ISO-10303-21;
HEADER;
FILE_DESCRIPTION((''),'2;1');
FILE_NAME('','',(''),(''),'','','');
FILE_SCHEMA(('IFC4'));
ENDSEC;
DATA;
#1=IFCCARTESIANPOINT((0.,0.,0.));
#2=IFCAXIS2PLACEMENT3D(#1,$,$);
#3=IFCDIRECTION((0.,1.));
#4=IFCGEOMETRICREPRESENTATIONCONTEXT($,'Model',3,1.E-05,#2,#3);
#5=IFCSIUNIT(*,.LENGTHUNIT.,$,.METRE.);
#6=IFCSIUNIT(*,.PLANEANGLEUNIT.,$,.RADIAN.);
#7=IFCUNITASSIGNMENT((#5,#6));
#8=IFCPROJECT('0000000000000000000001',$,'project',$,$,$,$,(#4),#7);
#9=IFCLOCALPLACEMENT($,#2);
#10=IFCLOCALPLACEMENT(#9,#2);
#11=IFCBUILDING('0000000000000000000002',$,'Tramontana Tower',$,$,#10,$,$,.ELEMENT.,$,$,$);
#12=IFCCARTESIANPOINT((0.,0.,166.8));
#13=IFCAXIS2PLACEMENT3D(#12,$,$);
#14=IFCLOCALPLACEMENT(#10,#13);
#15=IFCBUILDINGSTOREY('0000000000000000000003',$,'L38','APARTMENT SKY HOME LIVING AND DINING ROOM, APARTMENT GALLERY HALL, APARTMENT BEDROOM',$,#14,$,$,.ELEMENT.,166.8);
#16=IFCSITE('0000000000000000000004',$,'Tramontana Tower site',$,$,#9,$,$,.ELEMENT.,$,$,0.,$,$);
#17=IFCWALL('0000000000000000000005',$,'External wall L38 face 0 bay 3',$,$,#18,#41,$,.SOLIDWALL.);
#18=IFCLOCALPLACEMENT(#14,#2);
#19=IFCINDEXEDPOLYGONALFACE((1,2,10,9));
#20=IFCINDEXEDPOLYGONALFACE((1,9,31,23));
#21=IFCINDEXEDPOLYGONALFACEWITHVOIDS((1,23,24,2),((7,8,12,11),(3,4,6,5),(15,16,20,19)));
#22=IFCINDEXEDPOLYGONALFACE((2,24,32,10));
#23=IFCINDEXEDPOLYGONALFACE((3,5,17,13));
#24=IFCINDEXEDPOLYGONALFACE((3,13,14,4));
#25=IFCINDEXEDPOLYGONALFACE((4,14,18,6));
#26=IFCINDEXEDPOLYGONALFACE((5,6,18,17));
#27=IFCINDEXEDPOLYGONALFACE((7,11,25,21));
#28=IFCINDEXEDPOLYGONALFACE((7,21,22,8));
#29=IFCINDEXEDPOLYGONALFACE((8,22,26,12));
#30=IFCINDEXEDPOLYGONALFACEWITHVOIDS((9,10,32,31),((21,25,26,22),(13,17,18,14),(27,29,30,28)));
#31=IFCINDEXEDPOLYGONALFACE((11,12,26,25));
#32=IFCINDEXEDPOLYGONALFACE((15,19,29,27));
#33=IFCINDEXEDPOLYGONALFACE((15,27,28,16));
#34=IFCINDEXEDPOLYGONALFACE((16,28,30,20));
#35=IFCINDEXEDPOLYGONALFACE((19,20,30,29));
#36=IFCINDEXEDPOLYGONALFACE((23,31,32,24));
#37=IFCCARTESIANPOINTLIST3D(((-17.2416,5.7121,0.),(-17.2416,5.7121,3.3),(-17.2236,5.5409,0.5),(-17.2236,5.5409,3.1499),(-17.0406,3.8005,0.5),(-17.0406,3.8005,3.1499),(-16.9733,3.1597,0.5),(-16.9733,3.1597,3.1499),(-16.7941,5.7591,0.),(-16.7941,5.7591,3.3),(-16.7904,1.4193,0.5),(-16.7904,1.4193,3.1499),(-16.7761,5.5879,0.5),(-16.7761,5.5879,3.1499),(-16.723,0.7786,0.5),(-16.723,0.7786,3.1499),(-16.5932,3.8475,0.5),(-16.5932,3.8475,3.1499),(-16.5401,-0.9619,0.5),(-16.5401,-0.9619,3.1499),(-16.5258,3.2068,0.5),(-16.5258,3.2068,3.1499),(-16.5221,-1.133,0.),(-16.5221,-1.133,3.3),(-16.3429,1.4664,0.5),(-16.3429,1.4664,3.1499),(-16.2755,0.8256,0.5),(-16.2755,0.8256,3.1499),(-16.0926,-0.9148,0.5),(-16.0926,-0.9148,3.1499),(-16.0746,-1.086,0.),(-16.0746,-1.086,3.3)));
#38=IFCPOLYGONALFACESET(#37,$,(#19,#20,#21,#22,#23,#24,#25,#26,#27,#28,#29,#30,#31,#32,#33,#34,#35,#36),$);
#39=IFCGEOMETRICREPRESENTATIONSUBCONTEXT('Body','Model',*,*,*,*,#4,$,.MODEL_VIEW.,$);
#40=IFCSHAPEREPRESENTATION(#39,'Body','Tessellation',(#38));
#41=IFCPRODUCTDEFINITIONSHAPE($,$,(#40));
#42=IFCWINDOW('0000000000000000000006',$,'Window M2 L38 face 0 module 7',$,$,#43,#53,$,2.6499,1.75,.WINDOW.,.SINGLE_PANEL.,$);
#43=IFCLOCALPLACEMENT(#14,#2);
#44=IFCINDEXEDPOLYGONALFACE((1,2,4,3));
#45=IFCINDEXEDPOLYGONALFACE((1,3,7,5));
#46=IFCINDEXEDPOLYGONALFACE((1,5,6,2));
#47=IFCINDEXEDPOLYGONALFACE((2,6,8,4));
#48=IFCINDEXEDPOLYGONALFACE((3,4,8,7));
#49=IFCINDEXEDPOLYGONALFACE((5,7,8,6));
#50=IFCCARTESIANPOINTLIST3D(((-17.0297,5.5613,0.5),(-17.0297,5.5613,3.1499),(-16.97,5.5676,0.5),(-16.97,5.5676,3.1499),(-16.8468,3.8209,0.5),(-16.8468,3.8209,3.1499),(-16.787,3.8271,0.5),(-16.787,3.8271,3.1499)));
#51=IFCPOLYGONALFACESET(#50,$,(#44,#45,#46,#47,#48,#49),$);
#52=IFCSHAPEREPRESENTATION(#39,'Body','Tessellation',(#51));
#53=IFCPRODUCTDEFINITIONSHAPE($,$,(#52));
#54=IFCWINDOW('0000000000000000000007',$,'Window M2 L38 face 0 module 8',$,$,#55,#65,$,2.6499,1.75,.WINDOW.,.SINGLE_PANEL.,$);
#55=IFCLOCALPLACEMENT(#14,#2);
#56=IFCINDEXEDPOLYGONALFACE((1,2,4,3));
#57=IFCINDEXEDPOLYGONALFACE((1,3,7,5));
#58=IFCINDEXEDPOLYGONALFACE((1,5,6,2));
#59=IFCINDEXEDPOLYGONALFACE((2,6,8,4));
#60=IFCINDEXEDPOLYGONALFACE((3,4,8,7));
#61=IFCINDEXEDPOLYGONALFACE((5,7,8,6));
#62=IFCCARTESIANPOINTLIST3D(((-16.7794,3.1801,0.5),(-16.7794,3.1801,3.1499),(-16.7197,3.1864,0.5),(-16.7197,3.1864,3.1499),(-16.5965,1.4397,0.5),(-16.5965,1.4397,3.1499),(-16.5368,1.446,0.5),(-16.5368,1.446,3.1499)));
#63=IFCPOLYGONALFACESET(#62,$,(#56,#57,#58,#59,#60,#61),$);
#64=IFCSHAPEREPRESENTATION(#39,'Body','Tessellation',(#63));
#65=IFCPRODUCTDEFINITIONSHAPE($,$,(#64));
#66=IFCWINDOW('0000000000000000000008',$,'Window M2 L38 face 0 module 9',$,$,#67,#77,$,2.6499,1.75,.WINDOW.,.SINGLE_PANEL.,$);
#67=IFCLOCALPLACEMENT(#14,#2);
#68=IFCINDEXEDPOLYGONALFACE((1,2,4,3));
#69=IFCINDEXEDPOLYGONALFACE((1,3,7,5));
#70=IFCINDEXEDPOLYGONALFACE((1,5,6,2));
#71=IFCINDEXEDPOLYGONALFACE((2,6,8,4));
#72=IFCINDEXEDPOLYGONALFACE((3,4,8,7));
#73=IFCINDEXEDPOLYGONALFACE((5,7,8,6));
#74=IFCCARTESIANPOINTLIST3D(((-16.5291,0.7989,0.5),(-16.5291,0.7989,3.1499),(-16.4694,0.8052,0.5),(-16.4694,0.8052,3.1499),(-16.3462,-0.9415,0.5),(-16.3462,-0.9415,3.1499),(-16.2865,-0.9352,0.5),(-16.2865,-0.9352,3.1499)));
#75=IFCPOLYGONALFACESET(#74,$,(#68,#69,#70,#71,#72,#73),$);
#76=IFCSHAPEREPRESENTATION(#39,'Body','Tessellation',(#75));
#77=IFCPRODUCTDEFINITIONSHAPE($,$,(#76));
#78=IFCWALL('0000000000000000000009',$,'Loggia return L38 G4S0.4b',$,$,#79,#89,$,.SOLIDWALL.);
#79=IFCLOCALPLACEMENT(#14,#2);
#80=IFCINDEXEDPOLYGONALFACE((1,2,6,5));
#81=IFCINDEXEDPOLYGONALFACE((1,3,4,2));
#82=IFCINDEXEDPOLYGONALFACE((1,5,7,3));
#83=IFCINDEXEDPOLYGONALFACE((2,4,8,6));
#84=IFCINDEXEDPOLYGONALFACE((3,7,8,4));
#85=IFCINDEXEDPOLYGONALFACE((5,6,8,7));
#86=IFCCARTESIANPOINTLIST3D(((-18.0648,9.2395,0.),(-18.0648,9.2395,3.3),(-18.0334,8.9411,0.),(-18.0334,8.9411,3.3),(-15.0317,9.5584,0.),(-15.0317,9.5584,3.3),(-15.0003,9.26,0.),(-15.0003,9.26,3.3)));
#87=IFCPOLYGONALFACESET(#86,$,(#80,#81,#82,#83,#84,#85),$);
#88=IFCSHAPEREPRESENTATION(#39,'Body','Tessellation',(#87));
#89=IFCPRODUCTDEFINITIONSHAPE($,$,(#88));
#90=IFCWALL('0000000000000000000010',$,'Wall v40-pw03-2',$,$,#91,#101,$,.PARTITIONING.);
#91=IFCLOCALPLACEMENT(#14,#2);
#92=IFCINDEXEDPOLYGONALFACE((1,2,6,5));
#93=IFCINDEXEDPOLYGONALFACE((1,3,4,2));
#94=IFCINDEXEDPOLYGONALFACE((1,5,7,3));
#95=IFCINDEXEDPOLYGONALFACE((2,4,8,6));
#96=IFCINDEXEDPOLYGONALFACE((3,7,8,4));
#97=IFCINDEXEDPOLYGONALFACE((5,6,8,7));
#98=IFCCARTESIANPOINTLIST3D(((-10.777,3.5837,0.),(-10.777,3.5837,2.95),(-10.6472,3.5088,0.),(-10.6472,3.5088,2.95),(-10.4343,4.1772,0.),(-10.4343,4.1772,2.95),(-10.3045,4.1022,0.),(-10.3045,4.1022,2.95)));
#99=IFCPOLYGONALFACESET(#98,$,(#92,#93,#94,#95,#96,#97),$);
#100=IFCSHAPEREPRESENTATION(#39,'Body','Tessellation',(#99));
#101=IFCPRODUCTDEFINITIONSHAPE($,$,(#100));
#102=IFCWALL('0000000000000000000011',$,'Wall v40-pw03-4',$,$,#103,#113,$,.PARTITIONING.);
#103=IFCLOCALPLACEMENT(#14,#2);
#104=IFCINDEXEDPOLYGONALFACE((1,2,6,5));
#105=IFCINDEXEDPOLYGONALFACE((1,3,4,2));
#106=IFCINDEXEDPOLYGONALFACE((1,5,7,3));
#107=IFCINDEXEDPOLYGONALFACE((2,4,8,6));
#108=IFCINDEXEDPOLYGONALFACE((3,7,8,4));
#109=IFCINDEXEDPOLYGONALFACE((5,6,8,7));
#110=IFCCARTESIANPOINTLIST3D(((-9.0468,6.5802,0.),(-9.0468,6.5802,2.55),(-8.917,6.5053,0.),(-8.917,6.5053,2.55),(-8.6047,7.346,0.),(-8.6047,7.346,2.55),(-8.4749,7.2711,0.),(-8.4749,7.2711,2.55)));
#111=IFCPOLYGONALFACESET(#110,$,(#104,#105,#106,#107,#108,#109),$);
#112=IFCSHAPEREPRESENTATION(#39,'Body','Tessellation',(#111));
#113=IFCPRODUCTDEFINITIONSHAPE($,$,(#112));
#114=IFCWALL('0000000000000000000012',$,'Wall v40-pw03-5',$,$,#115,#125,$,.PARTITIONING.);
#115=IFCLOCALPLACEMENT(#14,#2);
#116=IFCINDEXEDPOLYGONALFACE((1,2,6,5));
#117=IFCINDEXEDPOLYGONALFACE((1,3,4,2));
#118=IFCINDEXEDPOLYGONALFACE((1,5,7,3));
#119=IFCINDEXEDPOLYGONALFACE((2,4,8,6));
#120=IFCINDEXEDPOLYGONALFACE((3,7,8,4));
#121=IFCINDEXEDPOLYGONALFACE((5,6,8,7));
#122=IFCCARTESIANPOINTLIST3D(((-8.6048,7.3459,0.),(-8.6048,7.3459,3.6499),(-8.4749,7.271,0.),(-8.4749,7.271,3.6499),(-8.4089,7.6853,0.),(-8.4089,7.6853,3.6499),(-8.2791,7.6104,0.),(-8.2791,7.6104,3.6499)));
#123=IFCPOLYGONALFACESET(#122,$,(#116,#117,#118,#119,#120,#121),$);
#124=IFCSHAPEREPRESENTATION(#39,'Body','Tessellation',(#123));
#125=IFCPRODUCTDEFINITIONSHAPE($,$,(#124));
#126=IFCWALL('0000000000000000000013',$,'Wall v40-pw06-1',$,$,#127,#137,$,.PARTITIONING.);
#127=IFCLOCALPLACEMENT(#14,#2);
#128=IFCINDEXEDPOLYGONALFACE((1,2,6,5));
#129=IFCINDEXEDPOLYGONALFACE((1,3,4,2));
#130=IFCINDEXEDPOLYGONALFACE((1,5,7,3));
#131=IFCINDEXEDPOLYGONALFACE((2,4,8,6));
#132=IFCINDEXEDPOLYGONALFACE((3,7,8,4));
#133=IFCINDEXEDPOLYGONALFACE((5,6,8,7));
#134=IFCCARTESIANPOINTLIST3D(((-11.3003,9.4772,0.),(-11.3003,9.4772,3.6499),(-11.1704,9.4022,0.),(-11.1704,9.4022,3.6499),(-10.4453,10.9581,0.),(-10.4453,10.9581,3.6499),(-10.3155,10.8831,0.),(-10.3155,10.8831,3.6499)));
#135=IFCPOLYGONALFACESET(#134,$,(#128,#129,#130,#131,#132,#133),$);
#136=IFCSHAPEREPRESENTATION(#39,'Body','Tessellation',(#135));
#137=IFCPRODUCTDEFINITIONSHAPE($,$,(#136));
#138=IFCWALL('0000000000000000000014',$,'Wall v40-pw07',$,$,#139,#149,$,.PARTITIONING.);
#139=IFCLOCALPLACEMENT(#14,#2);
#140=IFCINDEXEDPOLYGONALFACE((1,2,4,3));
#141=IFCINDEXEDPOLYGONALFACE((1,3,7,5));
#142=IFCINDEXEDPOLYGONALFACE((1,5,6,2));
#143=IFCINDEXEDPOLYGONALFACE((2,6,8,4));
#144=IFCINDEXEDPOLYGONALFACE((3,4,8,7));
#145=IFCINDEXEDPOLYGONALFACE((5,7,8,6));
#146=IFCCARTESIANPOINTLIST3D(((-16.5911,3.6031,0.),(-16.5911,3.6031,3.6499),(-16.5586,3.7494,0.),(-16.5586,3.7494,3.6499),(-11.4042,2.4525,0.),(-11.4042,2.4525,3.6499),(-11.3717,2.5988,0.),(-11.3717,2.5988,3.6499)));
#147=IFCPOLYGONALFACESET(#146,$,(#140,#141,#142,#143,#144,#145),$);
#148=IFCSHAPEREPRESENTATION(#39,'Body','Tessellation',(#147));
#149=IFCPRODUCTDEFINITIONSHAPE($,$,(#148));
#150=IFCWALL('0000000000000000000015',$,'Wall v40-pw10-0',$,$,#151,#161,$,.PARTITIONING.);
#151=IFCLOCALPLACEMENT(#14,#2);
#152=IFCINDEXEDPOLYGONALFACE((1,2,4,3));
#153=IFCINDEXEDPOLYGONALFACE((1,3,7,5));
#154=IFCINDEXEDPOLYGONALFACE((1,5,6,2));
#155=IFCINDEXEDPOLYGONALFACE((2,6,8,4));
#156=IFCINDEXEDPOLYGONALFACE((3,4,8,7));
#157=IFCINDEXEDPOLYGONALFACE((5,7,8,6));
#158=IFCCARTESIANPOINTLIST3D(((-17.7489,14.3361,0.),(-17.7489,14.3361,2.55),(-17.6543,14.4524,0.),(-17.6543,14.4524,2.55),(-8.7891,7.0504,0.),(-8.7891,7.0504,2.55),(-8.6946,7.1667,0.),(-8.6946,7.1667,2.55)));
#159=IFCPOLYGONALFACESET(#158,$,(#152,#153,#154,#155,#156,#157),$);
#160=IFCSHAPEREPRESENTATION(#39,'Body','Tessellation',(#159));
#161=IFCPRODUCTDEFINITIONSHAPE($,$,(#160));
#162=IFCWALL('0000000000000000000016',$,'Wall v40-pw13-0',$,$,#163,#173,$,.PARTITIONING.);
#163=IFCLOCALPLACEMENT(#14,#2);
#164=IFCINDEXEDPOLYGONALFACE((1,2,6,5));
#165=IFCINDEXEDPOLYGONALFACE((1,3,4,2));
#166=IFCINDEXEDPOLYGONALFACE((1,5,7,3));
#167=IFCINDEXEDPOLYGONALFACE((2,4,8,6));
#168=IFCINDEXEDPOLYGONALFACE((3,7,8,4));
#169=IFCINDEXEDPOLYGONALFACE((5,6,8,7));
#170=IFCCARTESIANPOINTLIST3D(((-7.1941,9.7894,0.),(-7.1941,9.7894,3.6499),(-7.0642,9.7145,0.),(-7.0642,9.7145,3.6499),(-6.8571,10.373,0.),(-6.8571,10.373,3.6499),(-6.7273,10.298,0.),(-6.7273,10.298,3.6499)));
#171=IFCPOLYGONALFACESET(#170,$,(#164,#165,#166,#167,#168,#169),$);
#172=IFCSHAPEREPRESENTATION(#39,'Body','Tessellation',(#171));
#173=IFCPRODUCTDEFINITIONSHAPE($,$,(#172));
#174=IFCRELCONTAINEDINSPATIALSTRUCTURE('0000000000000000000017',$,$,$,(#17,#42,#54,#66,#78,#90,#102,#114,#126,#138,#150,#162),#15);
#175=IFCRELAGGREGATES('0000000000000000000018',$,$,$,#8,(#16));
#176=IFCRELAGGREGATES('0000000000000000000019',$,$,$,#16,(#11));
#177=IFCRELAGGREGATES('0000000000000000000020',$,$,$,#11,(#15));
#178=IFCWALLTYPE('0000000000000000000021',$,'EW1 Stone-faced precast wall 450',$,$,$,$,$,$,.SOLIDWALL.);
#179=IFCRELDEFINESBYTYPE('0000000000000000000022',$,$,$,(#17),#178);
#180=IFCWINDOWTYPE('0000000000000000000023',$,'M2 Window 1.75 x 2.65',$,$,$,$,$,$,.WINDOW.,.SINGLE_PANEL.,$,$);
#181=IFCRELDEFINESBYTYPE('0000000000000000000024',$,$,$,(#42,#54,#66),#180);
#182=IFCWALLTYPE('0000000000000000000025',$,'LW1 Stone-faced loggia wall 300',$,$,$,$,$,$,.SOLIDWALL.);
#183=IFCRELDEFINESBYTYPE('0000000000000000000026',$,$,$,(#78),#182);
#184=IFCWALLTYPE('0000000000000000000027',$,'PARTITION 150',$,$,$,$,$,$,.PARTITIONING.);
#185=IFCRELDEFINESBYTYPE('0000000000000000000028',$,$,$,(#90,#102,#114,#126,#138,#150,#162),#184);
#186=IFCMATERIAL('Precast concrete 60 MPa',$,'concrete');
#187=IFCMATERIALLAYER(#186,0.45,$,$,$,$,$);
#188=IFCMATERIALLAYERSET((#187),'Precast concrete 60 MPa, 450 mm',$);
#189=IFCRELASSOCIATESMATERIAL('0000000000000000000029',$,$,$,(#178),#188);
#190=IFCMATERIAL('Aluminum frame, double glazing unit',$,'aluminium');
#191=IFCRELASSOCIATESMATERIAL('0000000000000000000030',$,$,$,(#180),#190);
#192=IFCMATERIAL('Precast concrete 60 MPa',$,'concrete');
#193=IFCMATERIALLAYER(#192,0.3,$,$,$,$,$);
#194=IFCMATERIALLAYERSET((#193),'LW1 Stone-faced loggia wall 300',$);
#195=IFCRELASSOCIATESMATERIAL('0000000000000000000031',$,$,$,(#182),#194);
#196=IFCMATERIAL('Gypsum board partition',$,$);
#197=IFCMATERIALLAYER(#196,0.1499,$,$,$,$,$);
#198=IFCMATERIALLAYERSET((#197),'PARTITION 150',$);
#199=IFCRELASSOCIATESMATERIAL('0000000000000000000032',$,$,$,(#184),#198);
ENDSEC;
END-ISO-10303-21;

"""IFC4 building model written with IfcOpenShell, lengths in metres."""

from ifc_helpers import new_model, si_unit, direction, frame, frame_2d, origin, place, context, subcontext, project, spatial, rectangle, extrude, material, layer, layer_set, type_object, element, fill, save


model = new_model("IFC4")

# Units and contexts
model_context = context("Model", 3, precision=1e-05, world=origin(), true_north=direction((0.0, 1.0)))
body_context = subcontext(model_context, "Body", "Model", "MODEL_VIEW")
ifc_project = project(units=[si_unit("LENGTHUNIT", "METRE"), si_unit("PLANEANGLEUNIT", "RADIAN")], contexts=[model_context])

# Site, building, storey
site_placement = place(None, origin())
site = spatial("IfcSite", under=ifc_project, at=site_placement, Name="Tramontana Tower site", CompositionType="ELEMENT", RefElevation=0.0)
building_placement = place(site_placement, origin())
building = spatial("IfcBuilding", under=site, at=building_placement, Name="Tramontana Tower", CompositionType="ELEMENT")
storey_placement = place(building_placement, frame((0.0, 0.0, 166.8)))
storey = spatial("IfcBuildingStorey", under=building, at=storey_placement, Name="L38", Description="APARTMENT SKY HOME LIVING AND DINING ROOM, APARTMENT GALLERY HALL, APARTMENT BEDROOM", CompositionType="ELEMENT", Elevation=166.8)

# Shared definitions
ifc_material_1 = material(Name="Precast concrete 60 MPa", Category="concrete")
ifc_layer_1 = layer(ifc_material_1, 0.45)
ifc_layer_set_1 = layer_set([ifc_layer_1], Name="Precast concrete 60 MPa, 450 mm")
wall_type_1 = type_object("IfcWallType", Name="EW1 Stone-faced precast wall 450", PredefinedType="SOLIDWALL", material=ifc_layer_set_1)
ifc_material_2 = material(Name="Aluminum frame, double glazing unit", Category="aluminium")
window_type = type_object("IfcWindowType", Name="M2 Window 1.75 x 2.65", PartitioningType="SINGLE_PANEL", PredefinedType="WINDOW", material=ifc_material_2)

# Wall, openings, windows
wall_1_placement = place(storey_placement, frame((-17.0178, 5.7356, 0.0), z_axis=(0.0, 0.0, 1.0), x_axis=(0.104532, -0.994522, 0.0)))
wall_1 = element("IfcWall", 1, at=wall_1_placement, inside=storey, type_object=wall_type_1, Name="External wall L38 face 0 bay 3", PredefinedType="SOLIDWALL", context=body_context, shape_type="SweptSolid", body=[
    extrude(rectangle(XDim=6.8828, YDim=0.45, at=frame_2d((3.4414, 0.0))), origin(), (0.0, 0.0, 1.0), 3.3),
])
opening_1_placement = place(wall_1_placement, frame((0.1721, 0.0, 0.5)))
opening_1 = element("IfcOpeningElement", 2, at=opening_1_placement, cuts=wall_1, PredefinedType="OPENING", context=body_context, shape_type="SweptSolid", body=[
    extrude(rectangle(XDim=1.75, YDim=2.6499, at=frame_2d((0.875, 1.325))), frame((0.0, 0.2349, 0.0), z_axis=(0.0, -1.0, 0.0), x_axis=(1.0, 0.0, 0.0)), (0.0, 0.0, 1.0), 0.47),
])
opening_2_placement = place(wall_1_placement, frame((2.5664, 0.0, 0.5)))
opening_2 = element("IfcOpeningElement", 3, at=opening_2_placement, cuts=wall_1, PredefinedType="OPENING", context=body_context, shape_type="SweptSolid", body=[
    extrude(rectangle(XDim=1.75, YDim=2.6499, at=frame_2d((0.875, 1.325))), frame((0.0, 0.2349, 0.0), z_axis=(0.0, -1.0, 0.0), x_axis=(1.0, 0.0, 0.0)), (0.0, 0.0, 1.0), 0.47),
])
opening_3_placement = place(wall_1_placement, frame((4.9607, 0.0, 0.5)))
opening_3 = element("IfcOpeningElement", 4, at=opening_3_placement, cuts=wall_1, PredefinedType="OPENING", context=body_context, shape_type="SweptSolid", body=[
    extrude(rectangle(XDim=1.75, YDim=2.6499, at=frame_2d((0.875, 1.325))), frame((0.0, 0.2349, 0.0), z_axis=(0.0, -1.0, 0.0), x_axis=(1.0, 0.0, 0.0)), (0.0, 0.0, 1.0), 0.47),
])
window_1_placement = place(opening_1_placement, origin())
window_1 = element("IfcWindow", 5, at=window_1_placement, inside=storey, type_object=window_type, Name="Window M2 L38 face 0 module 7", OverallHeight=2.6499, OverallWidth=1.75, PartitioningType="SINGLE_PANEL", PredefinedType="WINDOW", context=body_context, shape_type="SweptSolid", body=[
    extrude(rectangle(XDim=1.75, YDim=2.6499, at=frame_2d((0.875, 1.325))), frame((0.0, 0.03, 0.0), z_axis=(0.0, -1.0, 0.0), x_axis=(1.0, 0.0, 0.0)), (0.0, 0.0, 1.0), 0.0601),
])
fill(opening_1, window_1)
window_2_placement = place(opening_2_placement, origin())
window_2 = element("IfcWindow", 6, at=window_2_placement, inside=storey, type_object=window_type, Name="Window M2 L38 face 0 module 8", OverallHeight=2.6499, OverallWidth=1.75, PartitioningType="SINGLE_PANEL", PredefinedType="WINDOW", context=body_context, shape_type="SweptSolid", body=[
    extrude(rectangle(XDim=1.75, YDim=2.6499, at=frame_2d((0.875, 1.325))), frame((0.0, 0.03, 0.0), z_axis=(0.0, -1.0, 0.0), x_axis=(1.0, 0.0, 0.0)), (0.0, 0.0, 1.0), 0.0601),
])
fill(opening_2, window_2)
window_3_placement = place(opening_3_placement, origin())
window_3 = element("IfcWindow", 7, at=window_3_placement, inside=storey, type_object=window_type, Name="Window M2 L38 face 0 module 9", OverallHeight=2.6499, OverallWidth=1.75, PartitioningType="SINGLE_PANEL", PredefinedType="WINDOW", context=body_context, shape_type="SweptSolid", body=[
    extrude(rectangle(XDim=1.75, YDim=2.6499, at=frame_2d((0.875, 1.325))), frame((0.0, 0.03, 0.0), z_axis=(0.0, -1.0, 0.0), x_axis=(1.0, 0.0, 0.0)), (0.0, 0.0, 1.0), 0.0601),
])
fill(opening_3, window_3)

# Walls
ifc_material_3 = material(Name="Precast concrete 60 MPa", Category="concrete")
ifc_layer_2 = layer(ifc_material_3, 0.3)
ifc_layer_set_2 = layer_set([ifc_layer_2], Name="LW1 Stone-faced loggia wall 300")
wall_type_2 = type_object("IfcWallType", Name="LW1 Stone-faced loggia wall 300", PredefinedType="SOLIDWALL", material=ifc_layer_set_2)
wall_2_placement = place(storey_placement, frame((-18.0491, 9.0903, 0.0), z_axis=(0.0, 0.0, 1.0), x_axis=(0.99452, 0.104543, 0.0)))
element("IfcWall", 8, at=wall_2_placement, inside=storey, type_object=wall_type_2, Name="Loggia return L38 G4S0.4b", PredefinedType="SOLIDWALL", context=body_context, shape_type="SweptSolid", body=[
    extrude(rectangle(XDim=3.0498, YDim=0.3, at=frame_2d((1.5249, 0.0))), origin(), (0.0, 0.0, 1.0), 3.3),
])
ifc_material_4 = material(Name="Gypsum board partition")
ifc_layer_3 = layer(ifc_material_4, 0.1499)
ifc_layer_set_3 = layer_set([ifc_layer_3], Name="PARTITION 150")
wall_type_3 = type_object("IfcWallType", Name="PARTITION 150", PredefinedType="PARTITIONING", material=ifc_layer_set_3)
wall_3_placement = place(storey_placement, frame((-10.7122, 3.5461, 0.0), z_axis=(0.0, 0.0, 1.0), x_axis=(0.500123, 0.865954, 0.0)))
element("IfcWall", 9, at=wall_3_placement, inside=storey, type_object=wall_type_3, Name="Wall v40-pw03-2", PredefinedType="PARTITIONING", context=body_context, shape_type="SweptSolid", body=[
    extrude(rectangle(XDim=0.6853, YDim=0.1499, at=frame_2d((0.3428, 0.0))), origin(), (0.0, 0.0, 1.0), 2.95),
])

# Walls
wall_4_placement = place(storey_placement, frame((-8.9819, 6.5427, 0.0), z_axis=(0.0, 0.0, 1.0), x_axis=(0.499969, 0.866043, 0.0)))
element("IfcWall", 10, at=wall_4_placement, inside=storey, type_object=wall_type_3, Name="Wall v40-pw03-4", PredefinedType="PARTITIONING", context=body_context, shape_type="SweptSolid", body=[
    extrude(rectangle(XDim=0.8843, YDim=0.1499, at=frame_2d((0.4421, 0.0))), origin(), (0.0, 0.0, 1.0), 2.55),
])
wall_5_placement = place(storey_placement, frame((-8.5398, 7.3086, 0.0), z_axis=(0.0, 0.0, 1.0), x_axis=(0.499758, 0.866165, 0.0)))
element("IfcWall", 11, at=wall_5_placement, inside=storey, type_object=wall_type_3, Name="Wall v40-pw03-5", PredefinedType="PARTITIONING", context=body_context, shape_type="SweptSolid", body=[
    extrude(rectangle(XDim=0.3918, YDim=0.1499, at=frame_2d((0.1958, 0.0))), origin(), (0.0, 0.0, 1.0), 3.6499),
])
wall_6_placement = place(storey_placement, frame((-11.2354, 9.4397, 0.0), z_axis=(0.0, 0.0, 1.0), x_axis=(0.499978, 0.866038, 0.0)))
element("IfcWall", 12, at=wall_6_placement, inside=storey, type_object=wall_type_3, Name="Wall v40-pw06-1", PredefinedType="PARTITIONING", context=body_context, shape_type="SweptSolid", body=[
    extrude(rectangle(XDim=1.71, YDim=0.1499, at=frame_2d((0.855, 0.0))), origin(), (0.0, 0.0, 1.0), 3.6499),
])

# Walls
wall_7_placement = place(storey_placement, frame((-11.3879, 2.5256, 0.0), z_axis=(0.0, 0.0, 1.0), x_axis=(-0.976268, 0.216566, 0.0)))
element("IfcWall", 13, at=wall_7_placement, inside=storey, type_object=wall_type_3, Name="Wall v40-pw07", PredefinedType="PARTITIONING", context=body_context, shape_type="SweptSolid", body=[
    extrude(rectangle(XDim=5.313, YDim=0.1499, at=frame_2d((2.6565, 0.0))), origin(), (0.0, 0.0, 1.0), 3.6499),
])
wall_8_placement = place(storey_placement, frame((-8.7419, 7.1086, 0.0), z_axis=(0.0, 0.0, 1.0), x_axis=(-0.775865, 0.630899, 0.0)))
element("IfcWall", 14, at=wall_8_placement, inside=storey, type_object=wall_type_3, Name="Wall v40-pw10-0", PredefinedType="PARTITIONING", context=body_context, shape_type="SweptSolid", body=[
    extrude(rectangle(XDim=11.5481, YDim=0.1499, at=frame_2d((5.7739, 0.0))), origin(), (0.0, 0.0, 1.0), 2.55),
])

# Wall
wall_9_placement = place(storey_placement, frame((-7.1292, 9.752, 0.0), z_axis=(0.0, 0.0, 1.0), x_axis=(0.500036, 0.866005, 0.0)))
element("IfcWall", 15, at=wall_9_placement, inside=storey, type_object=wall_type_3, Name="Wall v40-pw13-0", PredefinedType="PARTITIONING", context=body_context, shape_type="SweptSolid", body=[
    extrude(rectangle(XDim=0.6738, YDim=0.1499, at=frame_2d((0.3369, 0.0))), origin(), (0.0, 0.0, 1.0), 3.6499),
])

save(model, "model.ifc")
